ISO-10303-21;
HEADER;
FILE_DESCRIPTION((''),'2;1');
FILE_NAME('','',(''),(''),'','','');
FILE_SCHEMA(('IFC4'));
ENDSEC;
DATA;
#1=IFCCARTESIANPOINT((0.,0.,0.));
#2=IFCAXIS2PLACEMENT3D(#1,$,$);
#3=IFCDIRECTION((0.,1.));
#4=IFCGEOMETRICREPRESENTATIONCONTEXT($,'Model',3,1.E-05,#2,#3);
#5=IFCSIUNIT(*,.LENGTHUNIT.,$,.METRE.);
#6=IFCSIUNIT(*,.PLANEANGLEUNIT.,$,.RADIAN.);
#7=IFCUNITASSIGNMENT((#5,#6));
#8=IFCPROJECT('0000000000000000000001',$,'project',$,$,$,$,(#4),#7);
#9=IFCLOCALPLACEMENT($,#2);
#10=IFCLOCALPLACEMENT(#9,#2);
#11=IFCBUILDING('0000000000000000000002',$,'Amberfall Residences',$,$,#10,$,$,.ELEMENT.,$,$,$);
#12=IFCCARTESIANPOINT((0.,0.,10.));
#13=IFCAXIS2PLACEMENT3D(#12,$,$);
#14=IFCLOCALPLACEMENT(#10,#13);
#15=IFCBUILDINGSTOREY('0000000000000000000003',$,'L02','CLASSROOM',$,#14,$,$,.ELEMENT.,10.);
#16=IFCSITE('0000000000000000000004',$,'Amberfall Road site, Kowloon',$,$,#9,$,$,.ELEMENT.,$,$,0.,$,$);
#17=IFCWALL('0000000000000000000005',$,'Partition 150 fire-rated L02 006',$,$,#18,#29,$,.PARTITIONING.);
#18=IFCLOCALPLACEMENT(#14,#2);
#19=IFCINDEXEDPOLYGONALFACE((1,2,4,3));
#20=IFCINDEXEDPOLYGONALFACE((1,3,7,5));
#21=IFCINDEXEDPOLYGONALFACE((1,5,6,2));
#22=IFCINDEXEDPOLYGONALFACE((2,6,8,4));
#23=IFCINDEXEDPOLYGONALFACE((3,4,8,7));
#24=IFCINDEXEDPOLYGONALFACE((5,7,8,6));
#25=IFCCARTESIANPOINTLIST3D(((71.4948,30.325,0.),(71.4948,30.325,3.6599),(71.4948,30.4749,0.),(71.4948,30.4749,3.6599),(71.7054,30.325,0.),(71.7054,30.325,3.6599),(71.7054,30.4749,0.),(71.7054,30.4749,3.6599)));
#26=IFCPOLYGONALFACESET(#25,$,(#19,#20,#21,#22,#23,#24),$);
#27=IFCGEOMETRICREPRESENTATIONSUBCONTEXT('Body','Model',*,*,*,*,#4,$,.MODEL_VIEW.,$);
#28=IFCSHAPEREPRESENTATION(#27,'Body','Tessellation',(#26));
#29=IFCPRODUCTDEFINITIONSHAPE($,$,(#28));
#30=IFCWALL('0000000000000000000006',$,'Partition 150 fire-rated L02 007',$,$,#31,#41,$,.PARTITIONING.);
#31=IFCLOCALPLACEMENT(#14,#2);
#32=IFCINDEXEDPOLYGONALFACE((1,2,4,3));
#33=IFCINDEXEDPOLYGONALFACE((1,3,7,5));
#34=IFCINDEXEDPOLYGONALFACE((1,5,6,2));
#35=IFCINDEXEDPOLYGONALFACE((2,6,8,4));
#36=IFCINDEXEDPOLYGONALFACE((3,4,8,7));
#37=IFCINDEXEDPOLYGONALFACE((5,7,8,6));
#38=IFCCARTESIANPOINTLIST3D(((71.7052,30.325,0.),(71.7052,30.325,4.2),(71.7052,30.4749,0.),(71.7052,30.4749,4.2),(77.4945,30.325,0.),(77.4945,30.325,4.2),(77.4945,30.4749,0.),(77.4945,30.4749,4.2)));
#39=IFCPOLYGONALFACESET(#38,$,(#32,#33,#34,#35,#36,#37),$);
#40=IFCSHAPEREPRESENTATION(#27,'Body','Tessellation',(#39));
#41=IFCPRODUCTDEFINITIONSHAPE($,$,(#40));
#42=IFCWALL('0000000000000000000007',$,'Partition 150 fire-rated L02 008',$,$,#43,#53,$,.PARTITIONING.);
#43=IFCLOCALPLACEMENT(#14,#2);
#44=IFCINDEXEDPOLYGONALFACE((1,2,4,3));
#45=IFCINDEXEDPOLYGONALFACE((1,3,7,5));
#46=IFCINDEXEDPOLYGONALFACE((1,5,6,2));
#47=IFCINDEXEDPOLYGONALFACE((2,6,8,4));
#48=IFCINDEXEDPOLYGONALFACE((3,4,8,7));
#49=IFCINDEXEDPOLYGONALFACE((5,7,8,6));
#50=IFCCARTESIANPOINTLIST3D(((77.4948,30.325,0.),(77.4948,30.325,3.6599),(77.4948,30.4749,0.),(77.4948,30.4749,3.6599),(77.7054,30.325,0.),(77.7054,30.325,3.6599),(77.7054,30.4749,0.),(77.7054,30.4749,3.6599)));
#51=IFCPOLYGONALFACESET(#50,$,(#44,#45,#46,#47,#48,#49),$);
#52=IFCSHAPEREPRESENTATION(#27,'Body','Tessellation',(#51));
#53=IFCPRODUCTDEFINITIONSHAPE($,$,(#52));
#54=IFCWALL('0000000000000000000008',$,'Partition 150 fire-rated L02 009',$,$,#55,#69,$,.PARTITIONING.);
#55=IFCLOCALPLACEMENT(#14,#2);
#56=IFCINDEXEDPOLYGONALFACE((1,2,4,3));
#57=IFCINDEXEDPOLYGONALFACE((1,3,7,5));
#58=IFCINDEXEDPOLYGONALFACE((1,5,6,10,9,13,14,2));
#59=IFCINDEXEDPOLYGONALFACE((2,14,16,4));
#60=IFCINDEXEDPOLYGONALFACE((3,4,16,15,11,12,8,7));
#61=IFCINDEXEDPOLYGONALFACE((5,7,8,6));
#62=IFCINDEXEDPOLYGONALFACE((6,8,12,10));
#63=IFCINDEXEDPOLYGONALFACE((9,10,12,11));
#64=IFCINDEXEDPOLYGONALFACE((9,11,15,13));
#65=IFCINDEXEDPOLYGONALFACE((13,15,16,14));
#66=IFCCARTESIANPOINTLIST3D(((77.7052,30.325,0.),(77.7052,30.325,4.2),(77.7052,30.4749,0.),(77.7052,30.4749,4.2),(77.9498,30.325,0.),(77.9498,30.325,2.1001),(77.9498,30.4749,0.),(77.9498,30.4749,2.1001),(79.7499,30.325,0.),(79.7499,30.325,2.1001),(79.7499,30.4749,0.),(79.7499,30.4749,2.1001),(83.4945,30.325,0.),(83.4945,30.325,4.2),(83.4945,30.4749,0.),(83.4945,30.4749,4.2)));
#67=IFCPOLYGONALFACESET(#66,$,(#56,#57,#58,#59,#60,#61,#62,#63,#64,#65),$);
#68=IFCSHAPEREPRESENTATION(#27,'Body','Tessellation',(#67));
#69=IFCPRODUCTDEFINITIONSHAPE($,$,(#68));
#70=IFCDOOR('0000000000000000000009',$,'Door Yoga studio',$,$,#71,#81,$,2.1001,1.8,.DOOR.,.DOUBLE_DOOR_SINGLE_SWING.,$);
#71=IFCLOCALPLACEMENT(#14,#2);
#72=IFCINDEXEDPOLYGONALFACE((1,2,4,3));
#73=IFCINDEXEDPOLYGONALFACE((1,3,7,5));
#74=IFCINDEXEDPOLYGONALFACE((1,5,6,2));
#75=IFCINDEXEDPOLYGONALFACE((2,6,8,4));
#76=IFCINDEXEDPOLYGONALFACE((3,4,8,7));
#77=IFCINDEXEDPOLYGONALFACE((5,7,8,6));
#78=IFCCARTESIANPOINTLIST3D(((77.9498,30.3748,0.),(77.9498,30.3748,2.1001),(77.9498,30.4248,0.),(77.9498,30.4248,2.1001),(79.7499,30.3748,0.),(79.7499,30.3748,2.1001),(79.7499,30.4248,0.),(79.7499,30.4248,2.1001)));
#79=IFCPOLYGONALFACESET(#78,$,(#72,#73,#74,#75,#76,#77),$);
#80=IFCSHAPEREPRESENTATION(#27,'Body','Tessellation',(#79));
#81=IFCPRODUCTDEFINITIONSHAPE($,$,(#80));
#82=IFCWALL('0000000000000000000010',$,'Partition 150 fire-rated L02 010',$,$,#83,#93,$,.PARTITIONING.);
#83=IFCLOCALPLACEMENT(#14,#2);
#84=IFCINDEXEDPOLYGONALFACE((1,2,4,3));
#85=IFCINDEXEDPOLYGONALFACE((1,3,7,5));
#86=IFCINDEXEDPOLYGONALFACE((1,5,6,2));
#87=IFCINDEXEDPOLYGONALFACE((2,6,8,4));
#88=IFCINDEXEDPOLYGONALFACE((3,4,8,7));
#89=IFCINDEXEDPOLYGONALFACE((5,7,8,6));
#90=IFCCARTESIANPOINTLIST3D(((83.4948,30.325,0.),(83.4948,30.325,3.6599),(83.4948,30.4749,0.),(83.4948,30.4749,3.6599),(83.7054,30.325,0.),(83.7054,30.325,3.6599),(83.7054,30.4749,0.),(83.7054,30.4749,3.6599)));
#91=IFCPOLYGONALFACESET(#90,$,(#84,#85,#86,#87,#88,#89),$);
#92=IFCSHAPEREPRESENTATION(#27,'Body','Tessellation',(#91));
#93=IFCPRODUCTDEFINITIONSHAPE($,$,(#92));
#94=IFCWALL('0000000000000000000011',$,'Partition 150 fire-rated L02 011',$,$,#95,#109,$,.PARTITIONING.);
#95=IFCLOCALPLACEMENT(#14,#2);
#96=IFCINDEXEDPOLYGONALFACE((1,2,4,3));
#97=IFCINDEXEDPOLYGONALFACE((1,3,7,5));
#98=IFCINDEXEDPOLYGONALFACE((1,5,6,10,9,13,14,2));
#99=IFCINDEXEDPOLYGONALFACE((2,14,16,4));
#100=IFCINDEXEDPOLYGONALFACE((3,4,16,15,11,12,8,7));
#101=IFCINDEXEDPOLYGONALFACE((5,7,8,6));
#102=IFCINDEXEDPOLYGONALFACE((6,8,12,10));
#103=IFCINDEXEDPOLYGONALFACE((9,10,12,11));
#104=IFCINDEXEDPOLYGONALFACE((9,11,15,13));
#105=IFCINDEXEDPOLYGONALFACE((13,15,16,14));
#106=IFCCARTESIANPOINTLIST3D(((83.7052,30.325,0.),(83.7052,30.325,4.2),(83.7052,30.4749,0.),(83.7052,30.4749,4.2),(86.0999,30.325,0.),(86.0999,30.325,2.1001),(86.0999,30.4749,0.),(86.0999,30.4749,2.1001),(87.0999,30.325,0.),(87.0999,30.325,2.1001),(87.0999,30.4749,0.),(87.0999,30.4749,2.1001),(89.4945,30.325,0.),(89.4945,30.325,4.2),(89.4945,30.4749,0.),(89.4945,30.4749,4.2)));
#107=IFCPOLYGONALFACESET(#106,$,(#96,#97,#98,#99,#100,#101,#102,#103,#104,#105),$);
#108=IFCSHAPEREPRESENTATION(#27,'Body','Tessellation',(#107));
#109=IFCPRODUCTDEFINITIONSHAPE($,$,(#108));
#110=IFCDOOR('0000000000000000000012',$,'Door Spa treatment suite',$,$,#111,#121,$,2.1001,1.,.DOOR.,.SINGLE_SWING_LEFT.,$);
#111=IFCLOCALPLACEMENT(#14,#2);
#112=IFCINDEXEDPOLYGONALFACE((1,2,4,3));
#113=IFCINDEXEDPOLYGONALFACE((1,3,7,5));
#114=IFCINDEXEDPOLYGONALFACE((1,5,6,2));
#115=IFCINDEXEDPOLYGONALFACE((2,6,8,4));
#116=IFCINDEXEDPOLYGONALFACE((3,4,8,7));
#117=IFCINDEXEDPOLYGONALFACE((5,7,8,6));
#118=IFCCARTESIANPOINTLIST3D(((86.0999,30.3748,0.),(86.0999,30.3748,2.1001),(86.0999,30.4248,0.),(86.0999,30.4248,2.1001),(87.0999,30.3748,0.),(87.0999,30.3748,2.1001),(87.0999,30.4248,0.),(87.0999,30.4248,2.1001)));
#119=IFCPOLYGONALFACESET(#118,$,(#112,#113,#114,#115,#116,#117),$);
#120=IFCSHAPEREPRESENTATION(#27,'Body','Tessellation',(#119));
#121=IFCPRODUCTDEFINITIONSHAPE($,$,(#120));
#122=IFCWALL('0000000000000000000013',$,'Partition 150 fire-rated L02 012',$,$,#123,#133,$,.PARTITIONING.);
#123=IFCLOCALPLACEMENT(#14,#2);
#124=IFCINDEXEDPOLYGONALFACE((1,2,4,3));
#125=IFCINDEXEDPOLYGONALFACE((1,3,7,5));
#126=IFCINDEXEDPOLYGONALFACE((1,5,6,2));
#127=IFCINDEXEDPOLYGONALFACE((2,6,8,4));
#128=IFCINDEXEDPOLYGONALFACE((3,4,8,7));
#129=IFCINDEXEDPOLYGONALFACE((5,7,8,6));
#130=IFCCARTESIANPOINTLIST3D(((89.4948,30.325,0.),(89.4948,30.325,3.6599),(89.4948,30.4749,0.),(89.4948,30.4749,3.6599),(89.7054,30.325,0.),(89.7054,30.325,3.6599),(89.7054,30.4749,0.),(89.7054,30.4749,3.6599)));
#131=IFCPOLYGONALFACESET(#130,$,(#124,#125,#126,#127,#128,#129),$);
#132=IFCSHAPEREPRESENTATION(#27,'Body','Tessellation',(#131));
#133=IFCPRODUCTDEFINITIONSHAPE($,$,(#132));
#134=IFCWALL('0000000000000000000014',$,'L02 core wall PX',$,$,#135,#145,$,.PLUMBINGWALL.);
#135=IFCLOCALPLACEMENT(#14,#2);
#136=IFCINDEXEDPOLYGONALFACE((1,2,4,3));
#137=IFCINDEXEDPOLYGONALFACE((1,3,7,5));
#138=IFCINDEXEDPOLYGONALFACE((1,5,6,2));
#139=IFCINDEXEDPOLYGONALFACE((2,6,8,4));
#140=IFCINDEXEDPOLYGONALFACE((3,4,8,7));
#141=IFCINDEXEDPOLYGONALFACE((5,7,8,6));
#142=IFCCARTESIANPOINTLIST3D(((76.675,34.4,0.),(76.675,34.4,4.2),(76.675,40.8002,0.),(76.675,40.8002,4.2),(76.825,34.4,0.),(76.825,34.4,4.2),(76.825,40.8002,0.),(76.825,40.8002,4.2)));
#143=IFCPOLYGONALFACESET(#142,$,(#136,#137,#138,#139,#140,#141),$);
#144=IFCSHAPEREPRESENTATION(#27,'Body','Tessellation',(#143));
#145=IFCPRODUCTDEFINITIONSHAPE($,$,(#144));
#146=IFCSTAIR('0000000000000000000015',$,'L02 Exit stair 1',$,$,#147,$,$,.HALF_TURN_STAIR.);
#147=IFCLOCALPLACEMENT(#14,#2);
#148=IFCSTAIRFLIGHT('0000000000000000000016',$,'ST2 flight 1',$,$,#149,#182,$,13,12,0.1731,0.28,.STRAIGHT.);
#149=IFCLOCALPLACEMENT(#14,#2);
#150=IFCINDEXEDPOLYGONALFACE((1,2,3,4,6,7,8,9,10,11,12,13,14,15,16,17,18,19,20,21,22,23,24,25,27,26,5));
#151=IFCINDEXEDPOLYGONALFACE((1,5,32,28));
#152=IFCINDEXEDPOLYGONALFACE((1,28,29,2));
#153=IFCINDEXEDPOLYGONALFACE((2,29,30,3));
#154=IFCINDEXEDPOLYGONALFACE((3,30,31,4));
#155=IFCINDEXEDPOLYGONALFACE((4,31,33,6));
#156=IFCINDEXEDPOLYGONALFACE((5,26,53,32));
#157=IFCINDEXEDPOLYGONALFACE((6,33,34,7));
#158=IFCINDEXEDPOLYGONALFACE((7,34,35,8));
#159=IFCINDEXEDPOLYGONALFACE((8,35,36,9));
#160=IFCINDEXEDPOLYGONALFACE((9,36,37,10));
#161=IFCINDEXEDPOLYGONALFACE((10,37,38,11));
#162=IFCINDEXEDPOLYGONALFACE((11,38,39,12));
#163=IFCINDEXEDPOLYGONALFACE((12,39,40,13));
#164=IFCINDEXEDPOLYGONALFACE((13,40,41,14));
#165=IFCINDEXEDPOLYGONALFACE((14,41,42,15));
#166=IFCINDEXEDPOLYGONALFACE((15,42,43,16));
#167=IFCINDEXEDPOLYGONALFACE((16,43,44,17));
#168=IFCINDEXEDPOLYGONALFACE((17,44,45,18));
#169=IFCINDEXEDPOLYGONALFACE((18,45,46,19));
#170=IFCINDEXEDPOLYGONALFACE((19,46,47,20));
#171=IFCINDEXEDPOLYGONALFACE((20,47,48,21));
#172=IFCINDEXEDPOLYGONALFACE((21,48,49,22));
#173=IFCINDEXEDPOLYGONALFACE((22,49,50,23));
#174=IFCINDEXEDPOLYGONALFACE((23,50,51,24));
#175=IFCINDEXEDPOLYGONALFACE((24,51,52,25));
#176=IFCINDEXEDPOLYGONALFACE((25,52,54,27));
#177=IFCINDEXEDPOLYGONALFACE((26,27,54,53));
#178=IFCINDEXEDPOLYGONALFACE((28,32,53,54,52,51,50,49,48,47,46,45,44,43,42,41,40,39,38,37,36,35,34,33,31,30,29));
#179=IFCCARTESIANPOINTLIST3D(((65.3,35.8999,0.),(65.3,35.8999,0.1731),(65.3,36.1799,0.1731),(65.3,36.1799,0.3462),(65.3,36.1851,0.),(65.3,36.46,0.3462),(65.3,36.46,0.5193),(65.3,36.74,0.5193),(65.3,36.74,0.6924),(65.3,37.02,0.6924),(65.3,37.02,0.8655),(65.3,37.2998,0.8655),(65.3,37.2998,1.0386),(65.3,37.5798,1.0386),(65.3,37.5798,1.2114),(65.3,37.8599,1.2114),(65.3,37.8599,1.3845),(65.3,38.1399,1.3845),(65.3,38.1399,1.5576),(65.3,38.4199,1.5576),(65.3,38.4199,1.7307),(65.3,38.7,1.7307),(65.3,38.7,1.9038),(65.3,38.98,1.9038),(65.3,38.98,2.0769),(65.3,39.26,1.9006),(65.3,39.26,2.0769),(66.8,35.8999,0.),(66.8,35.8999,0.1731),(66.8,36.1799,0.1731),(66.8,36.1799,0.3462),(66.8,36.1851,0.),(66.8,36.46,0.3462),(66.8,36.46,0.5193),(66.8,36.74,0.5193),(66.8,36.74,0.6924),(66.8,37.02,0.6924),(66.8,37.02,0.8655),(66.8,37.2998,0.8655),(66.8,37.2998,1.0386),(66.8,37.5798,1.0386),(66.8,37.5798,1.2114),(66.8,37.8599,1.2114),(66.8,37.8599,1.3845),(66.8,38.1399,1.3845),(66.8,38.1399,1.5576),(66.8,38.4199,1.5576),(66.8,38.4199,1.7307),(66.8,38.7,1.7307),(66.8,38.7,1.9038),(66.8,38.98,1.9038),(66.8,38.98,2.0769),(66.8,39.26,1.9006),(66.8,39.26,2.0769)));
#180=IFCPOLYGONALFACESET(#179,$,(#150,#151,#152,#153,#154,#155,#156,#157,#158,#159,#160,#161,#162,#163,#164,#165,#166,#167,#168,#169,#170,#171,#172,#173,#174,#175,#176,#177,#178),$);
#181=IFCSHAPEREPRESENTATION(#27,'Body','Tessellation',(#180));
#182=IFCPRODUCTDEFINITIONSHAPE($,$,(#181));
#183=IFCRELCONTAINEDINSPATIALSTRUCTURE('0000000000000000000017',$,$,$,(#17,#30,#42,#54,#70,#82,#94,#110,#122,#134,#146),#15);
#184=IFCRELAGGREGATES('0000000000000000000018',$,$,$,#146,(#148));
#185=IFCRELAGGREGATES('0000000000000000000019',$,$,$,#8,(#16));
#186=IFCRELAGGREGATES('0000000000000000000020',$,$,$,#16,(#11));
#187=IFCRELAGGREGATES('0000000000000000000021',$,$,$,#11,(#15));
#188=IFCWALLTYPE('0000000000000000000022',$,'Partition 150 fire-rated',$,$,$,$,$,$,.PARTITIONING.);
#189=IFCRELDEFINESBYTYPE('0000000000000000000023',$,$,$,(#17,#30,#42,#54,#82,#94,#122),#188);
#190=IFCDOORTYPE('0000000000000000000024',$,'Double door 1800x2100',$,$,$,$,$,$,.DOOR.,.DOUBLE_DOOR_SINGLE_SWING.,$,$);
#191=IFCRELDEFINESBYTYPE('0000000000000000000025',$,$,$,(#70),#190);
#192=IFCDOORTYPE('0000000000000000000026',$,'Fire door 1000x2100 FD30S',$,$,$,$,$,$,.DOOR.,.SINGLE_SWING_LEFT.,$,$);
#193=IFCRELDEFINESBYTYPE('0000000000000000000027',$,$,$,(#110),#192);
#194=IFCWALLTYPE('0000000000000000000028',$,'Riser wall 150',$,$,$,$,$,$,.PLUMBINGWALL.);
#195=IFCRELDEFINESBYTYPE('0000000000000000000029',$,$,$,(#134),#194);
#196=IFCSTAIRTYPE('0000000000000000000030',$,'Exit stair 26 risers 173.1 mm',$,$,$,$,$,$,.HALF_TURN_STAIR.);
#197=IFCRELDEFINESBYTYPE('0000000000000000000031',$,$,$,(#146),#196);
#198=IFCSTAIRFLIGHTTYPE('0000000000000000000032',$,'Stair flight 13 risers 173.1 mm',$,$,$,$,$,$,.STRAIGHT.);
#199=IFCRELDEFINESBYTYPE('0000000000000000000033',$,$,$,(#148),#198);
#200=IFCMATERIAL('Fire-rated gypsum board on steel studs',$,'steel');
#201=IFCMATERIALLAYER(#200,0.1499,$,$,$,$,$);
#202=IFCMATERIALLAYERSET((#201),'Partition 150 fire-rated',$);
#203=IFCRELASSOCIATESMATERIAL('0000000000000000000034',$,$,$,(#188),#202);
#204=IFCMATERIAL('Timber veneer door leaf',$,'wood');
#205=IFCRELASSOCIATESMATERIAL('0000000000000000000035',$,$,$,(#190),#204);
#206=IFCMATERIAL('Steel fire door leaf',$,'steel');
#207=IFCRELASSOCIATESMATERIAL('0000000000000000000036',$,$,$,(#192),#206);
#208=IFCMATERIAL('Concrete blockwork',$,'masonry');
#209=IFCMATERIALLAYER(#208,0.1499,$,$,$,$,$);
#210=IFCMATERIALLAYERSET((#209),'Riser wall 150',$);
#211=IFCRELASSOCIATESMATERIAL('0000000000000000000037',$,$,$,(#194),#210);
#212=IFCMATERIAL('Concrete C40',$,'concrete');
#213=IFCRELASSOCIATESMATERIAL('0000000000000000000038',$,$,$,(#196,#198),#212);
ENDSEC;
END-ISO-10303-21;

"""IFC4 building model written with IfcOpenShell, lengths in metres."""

from ifc_helpers import new_model, si_unit, direction, frame, frame_2d, origin, place, context, subcontext, project, spatial, polyline, rectangle, outline, extrude, material, layer, layer_set, type_object, element, fill, aggregate, save


model = new_model("IFC4")

# Units and contexts
model_context = context("Model", 3, precision=1e-05, world=origin(), true_north=direction((0.0, 1.0)))
body_context = subcontext(model_context, "Body", "Model", "MODEL_VIEW")
ifc_project = project(units=[si_unit("LENGTHUNIT", "METRE"), si_unit("PLANEANGLEUNIT", "RADIAN")], contexts=[model_context])

# Site, building, storey
site_placement = place(None, origin())
site = spatial("IfcSite", under=ifc_project, at=site_placement, Name="Amberfall Road site, Kowloon", CompositionType="ELEMENT", RefElevation=0.0)
building_placement = place(site_placement, origin())
building = spatial("IfcBuilding", under=site, at=building_placement, Name="Amberfall Residences", CompositionType="ELEMENT")
storey_placement = place(building_placement, frame((0.0, 0.0, 10.0)))
storey = spatial("IfcBuildingStorey", under=building, at=storey_placement, Name="L02", Description="CLASSROOM", CompositionType="ELEMENT", Elevation=10.0)

# Shared definitions
ifc_material_1 = material(Name="Fire-rated gypsum board on steel studs", Category="steel")
ifc_layer_1 = layer(ifc_material_1, 0.1499)
ifc_layer_set_1 = layer_set([ifc_layer_1], Name="Partition 150 fire-rated")
wall_type_1 = type_object("IfcWallType", Name="Partition 150 fire-rated", PredefinedType="PARTITIONING", material=ifc_layer_set_1)
ifc_material_2 = material(Name="Timber veneer door leaf", Category="wood")
door_type_1 = type_object("IfcDoorType", Name="Double door 1800x2100", OperationType="DOUBLE_DOOR_SINGLE_SWING", PredefinedType="DOOR", material=ifc_material_2)

# Walls
wall_1_placement = place(storey_placement, frame((71.4946, 30.3999, 0.0), z_axis=(0.0, 0.0, 1.0), x_axis=(1.0, 0.0, 0.0)))
element("IfcWall", 1, at=wall_1_placement, inside=storey, type_object=wall_type_1, Name="Partition 150 fire-rated L02 006", PredefinedType="PARTITIONING", context=body_context, shape_type="SweptSolid", body=[
    extrude(rectangle(XDim=0.2107, YDim=0.1499, at=frame_2d((0.1055, 0.0))), origin(), (0.0, 0.0, 1.0), 3.6599),
])
wall_2_placement = place(storey_placement, frame((71.7053, 30.3999, 0.0), z_axis=(0.0, 0.0, 1.0), x_axis=(1.0, 0.0, 0.0)))
element("IfcWall", 2, at=wall_2_placement, inside=storey, type_object=wall_type_1, Name="Partition 150 fire-rated L02 007", PredefinedType="PARTITIONING", context=body_context, shape_type="SweptSolid", body=[
    extrude(rectangle(XDim=5.7893, YDim=0.1499, at=frame_2d((2.8945, 0.0))), origin(), (0.0, 0.0, 1.0), 4.2),
])
wall_3_placement = place(storey_placement, frame((77.4946, 30.3999, 0.0), z_axis=(0.0, 0.0, 1.0), x_axis=(1.0, 0.0, 0.0)))
element("IfcWall", 3, at=wall_3_placement, inside=storey, type_object=wall_type_1, Name="Partition 150 fire-rated L02 008", PredefinedType="PARTITIONING", context=body_context, shape_type="SweptSolid", body=[
    extrude(rectangle(XDim=0.2107, YDim=0.1499, at=frame_2d((0.1055, 0.0))), origin(), (0.0, 0.0, 1.0), 3.6599),
])

# Wall, opening, door
wall_4_placement = place(storey_placement, frame((77.7053, 30.3999, 0.0), z_axis=(0.0, 0.0, 1.0), x_axis=(1.0, 0.0, 0.0)))
wall_4 = element("IfcWall", 4, at=wall_4_placement, inside=storey, type_object=wall_type_1, Name="Partition 150 fire-rated L02 009", PredefinedType="PARTITIONING", context=body_context, shape_type="SweptSolid", body=[
    extrude(rectangle(XDim=5.7893, YDim=0.1499, at=frame_2d((2.8945, 0.0))), origin(), (0.0, 0.0, 1.0), 4.2),
])
opening_1_placement = place(wall_4_placement, frame((0.2446, 0.0, 0.0)))
opening_1 = element("IfcOpeningElement", 5, at=opening_1_placement, cuts=wall_4, PredefinedType="OPENING", context=body_context, shape_type="SweptSolid", body=[
    extrude(rectangle(XDim=1.8, YDim=2.1001, at=frame_2d((0.8999, 1.05))), frame((0.0, 0.085, 0.0), z_axis=(0.0, -1.0, 0.0), x_axis=(1.0, 0.0, 0.0)), (0.0, 0.0, 1.0), 0.1699),
])
door_1_placement = place(opening_1_placement, origin())
door_1 = element("IfcDoor", 6, at=door_1_placement, inside=storey, type_object=door_type_1, Name="Door Yoga studio", OperationType="DOUBLE_DOOR_SINGLE_SWING", OverallHeight=2.1001, OverallWidth=1.8, PredefinedType="DOOR", context=body_context, shape_type="SweptSolid", body=[
    extrude(rectangle(XDim=1.8, YDim=2.1001, at=frame_2d((0.8999, 1.05))), frame((0.0, 0.0249, 0.0), z_axis=(0.0, -1.0, 0.0), x_axis=(1.0, 0.0, 0.0)), (0.0, 0.0, 1.0), 0.05),
])
fill(opening_1, door_1)

# Wall
wall_5_placement = place(storey_placement, frame((83.4946, 30.3999, 0.0), z_axis=(0.0, 0.0, 1.0), x_axis=(1.0, 0.0, 0.0)))
element("IfcWall", 7, at=wall_5_placement, inside=storey, type_object=wall_type_1, Name="Partition 150 fire-rated L02 010", PredefinedType="PARTITIONING", context=body_context, shape_type="SweptSolid", body=[
    extrude(rectangle(XDim=0.2107, YDim=0.1499, at=frame_2d((0.1055, 0.0))), origin(), (0.0, 0.0, 1.0), 3.6599),
])

# Wall, opening, door
wall_6_placement = place(storey_placement, frame((83.7053, 30.3999, 0.0), z_axis=(0.0, 0.0, 1.0), x_axis=(1.0, 0.0, 0.0)))
wall_6 = element("IfcWall", 8, at=wall_6_placement, inside=storey, type_object=wall_type_1, Name="Partition 150 fire-rated L02 011", PredefinedType="PARTITIONING", context=body_context, shape_type="SweptSolid", body=[
    extrude(rectangle(XDim=5.7893, YDim=0.1499, at=frame_2d((2.8945, 0.0))), origin(), (0.0, 0.0, 1.0), 4.2),
])
opening_2_placement = place(wall_6_placement, frame((2.3945, 0.0, 0.0)))
opening_2 = element("IfcOpeningElement", 9, at=opening_2_placement, cuts=wall_6, PredefinedType="OPENING", context=body_context, shape_type="SweptSolid", body=[
    extrude(rectangle(XDim=1.0, YDim=2.1001, at=frame_2d((0.5, 1.05))), frame((0.0, 0.085, 0.0), z_axis=(0.0, -1.0, 0.0), x_axis=(1.0, 0.0, 0.0)), (0.0, 0.0, 1.0), 0.1699),
])
ifc_material_3 = material(Name="Steel fire door leaf", Category="steel")
door_type_2 = type_object("IfcDoorType", Name="Fire door 1000x2100 FD30S", OperationType="SINGLE_SWING_LEFT", PredefinedType="DOOR", material=ifc_material_3)
door_2_placement = place(opening_2_placement, origin())
door_2 = element("IfcDoor", 10, at=door_2_placement, inside=storey, type_object=door_type_2, Name="Door Spa treatment suite", OperationType="SINGLE_SWING_LEFT", OverallHeight=2.1001, OverallWidth=1.0, PredefinedType="DOOR", context=body_context, shape_type="SweptSolid", body=[
    extrude(rectangle(XDim=1.0, YDim=2.1001, at=frame_2d((0.5, 1.05))), frame((0.0, 0.0249, 0.0), z_axis=(0.0, -1.0, 0.0), x_axis=(1.0, 0.0, 0.0)), (0.0, 0.0, 1.0), 0.05),
])
fill(opening_2, door_2)

# Walls
wall_7_placement = place(storey_placement, frame((89.4946, 30.3999, 0.0), z_axis=(0.0, 0.0, 1.0), x_axis=(1.0, 0.0, 0.0)))
element("IfcWall", 11, at=wall_7_placement, inside=storey, type_object=wall_type_1, Name="Partition 150 fire-rated L02 012", PredefinedType="PARTITIONING", context=body_context, shape_type="SweptSolid", body=[
    extrude(rectangle(XDim=0.2107, YDim=0.1499, at=frame_2d((0.1055, 0.0))), origin(), (0.0, 0.0, 1.0), 3.6599),
])
ifc_material_4 = material(Name="Concrete blockwork", Category="masonry")
ifc_layer_2 = layer(ifc_material_4, 0.1499)
ifc_layer_set_2 = layer_set([ifc_layer_2], Name="Riser wall 150")
wall_type_2 = type_object("IfcWallType", Name="Riser wall 150", PredefinedType="PLUMBINGWALL", material=ifc_layer_set_2)
wall_8_placement = place(storey_placement, frame((76.75, 34.3999, 0.0), z_axis=(0.0, 0.0, 1.0), x_axis=(0.0, 1.0, 0.0)))
element("IfcWall", 12, at=wall_8_placement, inside=storey, type_object=wall_type_2, Name="L02 core wall PX", PredefinedType="PLUMBINGWALL", context=body_context, shape_type="SweptSolid", body=[
    extrude(rectangle(XDim=6.4001, YDim=0.1499, at=frame_2d((3.2002, 0.0))), origin(), (0.0, 0.0, 1.0), 4.2),
])

# Stair, stair flight
ifc_material_5 = material(Name="Concrete C40", Category="concrete")
stair_type = type_object("IfcStairType", Name="Exit stair 26 risers 173.1 mm", PredefinedType="HALF_TURN_STAIR", material=ifc_material_5)
stair_1_placement = place(storey_placement, origin())
stair_1 = element("IfcStair", 13, at=stair_1_placement, inside=storey, type_object=stair_type, Name="L02 Exit stair 1", PredefinedType="HALF_TURN_STAIR")
stair_flight_type = type_object("IfcStairFlightType", Name="Stair flight 13 risers 173.1 mm", PredefinedType="STRAIGHT", material=ifc_material_5)
stair_flight_1_placement = place(storey_placement, frame((66.05, 35.8999, 0.0), z_axis=(0.0, 0.0, 1.0), x_axis=(0.0, 1.0, 0.0)))
stair_flight_1 = element("IfcStairFlight", 14, at=stair_flight_1_placement, type_object=stair_flight_type, Name="ST2 flight 1", NumberOfRisers=13, NumberOfTreads=12, PredefinedType="STRAIGHT", RiserHeight=0.1731, TreadLength=0.28, context=body_context, shape_type="SweptSolid", body=[
    extrude(outline(polyline([(0.0, 0.0), (0.0, 0.1731), (0.28, 0.1731), (0.28, 0.3462), (0.5601, 0.3462), (0.5601, 0.5193), (0.8401, 0.5193), (0.8401, 0.6924), (1.1201, 0.6924), (1.1201, 0.8655), (1.3999, 0.8655), (1.3999, 1.0386), (1.6799, 1.0386), (1.6799, 1.2114), (1.96, 1.2114), (1.96, 1.3845), (2.24, 1.3845), (2.24, 1.5576), (2.52, 1.5576), (2.52, 1.7307), (2.8, 1.7307), (2.8, 1.9038), (3.0801, 1.9038), (3.0801, 2.0769), (3.3601, 2.0769), (3.3601, 2.25), (3.3601, 1.9006), (0.2852, 0.0), (0.0, 0.0)])), frame((0.0, 0.75, 0.0), z_axis=(0.0, -1.0, 0.0), x_axis=(1.0, 0.0, 0.0)), (0.0, 0.0, 1.0), 1.5),
])
aggregate(stair_1, [stair_flight_1])

save(model, "model.ifc")
